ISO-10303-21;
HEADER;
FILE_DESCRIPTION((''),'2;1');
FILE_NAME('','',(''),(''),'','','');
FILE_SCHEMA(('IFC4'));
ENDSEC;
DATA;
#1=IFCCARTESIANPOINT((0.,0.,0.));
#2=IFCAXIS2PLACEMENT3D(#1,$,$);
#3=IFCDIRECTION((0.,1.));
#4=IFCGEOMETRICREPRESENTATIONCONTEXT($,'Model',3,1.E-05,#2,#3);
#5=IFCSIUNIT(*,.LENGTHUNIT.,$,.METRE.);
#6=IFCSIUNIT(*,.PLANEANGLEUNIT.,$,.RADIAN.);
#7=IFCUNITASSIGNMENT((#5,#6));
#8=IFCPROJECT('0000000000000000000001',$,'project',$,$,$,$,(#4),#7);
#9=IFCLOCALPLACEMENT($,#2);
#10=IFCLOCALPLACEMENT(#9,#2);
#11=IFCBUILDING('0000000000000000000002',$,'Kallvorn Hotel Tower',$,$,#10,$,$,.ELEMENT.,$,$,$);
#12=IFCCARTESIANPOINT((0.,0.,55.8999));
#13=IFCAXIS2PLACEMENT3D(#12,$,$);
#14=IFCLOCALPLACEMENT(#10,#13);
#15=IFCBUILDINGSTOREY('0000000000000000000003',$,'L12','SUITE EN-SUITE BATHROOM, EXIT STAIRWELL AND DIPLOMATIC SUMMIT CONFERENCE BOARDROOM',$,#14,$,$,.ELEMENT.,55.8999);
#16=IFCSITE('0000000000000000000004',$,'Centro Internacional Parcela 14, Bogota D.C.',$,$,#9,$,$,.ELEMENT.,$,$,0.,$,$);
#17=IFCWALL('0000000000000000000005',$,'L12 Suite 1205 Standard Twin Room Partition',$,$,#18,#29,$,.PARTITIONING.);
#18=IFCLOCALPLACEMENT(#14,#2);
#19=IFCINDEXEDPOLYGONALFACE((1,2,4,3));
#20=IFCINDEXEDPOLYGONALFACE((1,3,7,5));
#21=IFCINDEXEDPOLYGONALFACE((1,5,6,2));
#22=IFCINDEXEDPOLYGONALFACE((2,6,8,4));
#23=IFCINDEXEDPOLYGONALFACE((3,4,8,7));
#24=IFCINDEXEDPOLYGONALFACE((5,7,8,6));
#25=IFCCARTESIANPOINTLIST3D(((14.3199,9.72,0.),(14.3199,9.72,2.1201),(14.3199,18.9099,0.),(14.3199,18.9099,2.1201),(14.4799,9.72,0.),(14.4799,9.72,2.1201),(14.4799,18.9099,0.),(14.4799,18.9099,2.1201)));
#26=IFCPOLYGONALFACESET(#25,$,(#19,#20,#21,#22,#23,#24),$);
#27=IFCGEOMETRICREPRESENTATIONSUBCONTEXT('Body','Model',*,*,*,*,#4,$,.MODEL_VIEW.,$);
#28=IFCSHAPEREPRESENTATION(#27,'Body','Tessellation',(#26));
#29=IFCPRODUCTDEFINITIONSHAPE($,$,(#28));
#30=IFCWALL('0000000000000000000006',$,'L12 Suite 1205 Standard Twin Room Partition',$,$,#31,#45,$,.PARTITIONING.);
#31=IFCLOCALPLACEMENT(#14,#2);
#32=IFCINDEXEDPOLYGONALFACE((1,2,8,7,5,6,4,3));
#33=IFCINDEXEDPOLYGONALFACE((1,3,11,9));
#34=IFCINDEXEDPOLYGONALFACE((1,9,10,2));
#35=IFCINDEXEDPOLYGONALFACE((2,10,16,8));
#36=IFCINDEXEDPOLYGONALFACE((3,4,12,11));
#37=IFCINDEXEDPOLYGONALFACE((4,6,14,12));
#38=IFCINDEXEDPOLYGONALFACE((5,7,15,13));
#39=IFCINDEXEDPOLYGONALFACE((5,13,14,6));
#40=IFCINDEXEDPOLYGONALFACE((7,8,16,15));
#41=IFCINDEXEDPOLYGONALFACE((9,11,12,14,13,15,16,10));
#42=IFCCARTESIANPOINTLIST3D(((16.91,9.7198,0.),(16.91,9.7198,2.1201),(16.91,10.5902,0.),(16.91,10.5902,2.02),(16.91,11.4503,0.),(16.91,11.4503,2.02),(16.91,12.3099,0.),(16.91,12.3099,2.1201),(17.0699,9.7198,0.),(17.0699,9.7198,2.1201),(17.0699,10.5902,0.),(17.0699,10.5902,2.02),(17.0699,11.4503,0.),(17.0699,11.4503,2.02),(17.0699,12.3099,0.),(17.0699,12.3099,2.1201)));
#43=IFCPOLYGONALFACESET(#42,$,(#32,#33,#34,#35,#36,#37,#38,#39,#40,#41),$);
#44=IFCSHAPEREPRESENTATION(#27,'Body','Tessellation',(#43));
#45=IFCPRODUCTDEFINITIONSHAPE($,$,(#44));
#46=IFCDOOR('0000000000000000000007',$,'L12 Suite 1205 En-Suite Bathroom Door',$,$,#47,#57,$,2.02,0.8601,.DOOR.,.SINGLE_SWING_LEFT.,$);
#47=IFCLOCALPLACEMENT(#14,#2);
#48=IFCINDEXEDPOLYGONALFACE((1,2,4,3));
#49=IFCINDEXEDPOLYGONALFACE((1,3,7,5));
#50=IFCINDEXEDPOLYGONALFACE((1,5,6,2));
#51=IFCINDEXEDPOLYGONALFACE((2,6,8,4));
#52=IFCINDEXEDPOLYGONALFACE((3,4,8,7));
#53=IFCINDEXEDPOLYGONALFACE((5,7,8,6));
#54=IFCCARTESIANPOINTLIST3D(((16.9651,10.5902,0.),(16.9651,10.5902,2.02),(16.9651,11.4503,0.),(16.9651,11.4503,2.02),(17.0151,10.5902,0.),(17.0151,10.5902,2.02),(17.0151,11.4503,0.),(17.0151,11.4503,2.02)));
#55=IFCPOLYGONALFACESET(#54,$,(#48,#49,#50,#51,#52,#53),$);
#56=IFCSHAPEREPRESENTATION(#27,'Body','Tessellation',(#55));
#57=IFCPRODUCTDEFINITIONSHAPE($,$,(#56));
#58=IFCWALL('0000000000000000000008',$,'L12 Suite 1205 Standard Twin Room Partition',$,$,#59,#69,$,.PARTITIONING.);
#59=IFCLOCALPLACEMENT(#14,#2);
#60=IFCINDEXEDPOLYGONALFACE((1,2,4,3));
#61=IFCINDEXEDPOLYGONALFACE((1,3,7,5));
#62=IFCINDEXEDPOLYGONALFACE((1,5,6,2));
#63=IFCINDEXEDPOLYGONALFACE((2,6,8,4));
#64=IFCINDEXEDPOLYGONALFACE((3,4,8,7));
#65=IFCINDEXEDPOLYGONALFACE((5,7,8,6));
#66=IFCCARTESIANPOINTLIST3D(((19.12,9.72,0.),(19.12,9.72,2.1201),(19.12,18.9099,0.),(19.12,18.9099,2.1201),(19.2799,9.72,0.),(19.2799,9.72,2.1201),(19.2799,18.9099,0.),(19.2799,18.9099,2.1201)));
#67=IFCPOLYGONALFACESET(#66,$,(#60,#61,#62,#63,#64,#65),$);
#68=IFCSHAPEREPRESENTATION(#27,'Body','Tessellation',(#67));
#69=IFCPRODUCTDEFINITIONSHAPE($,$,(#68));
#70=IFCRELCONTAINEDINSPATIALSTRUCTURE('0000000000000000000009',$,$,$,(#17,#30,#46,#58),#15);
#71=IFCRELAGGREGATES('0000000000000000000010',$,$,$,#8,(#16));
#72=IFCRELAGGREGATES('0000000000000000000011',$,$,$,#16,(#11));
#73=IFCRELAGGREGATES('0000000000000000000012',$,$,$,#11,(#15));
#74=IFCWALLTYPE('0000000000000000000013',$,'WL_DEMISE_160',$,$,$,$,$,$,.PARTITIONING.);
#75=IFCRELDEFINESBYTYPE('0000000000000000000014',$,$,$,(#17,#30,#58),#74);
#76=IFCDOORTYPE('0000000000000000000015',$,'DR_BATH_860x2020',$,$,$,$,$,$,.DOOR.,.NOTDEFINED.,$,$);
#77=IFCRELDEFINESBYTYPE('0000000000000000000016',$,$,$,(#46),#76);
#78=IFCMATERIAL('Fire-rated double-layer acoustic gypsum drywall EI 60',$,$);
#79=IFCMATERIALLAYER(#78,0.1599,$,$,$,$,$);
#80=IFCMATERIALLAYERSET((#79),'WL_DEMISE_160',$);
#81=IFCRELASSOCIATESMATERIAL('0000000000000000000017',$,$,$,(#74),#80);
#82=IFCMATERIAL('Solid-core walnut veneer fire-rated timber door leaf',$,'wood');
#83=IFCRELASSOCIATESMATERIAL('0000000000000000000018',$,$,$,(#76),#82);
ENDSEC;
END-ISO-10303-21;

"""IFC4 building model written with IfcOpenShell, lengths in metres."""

from ifc_helpers import new_model, si_unit, direction, frame, frame_2d, origin, place, context, subcontext, project, spatial, rectangle, extrude, material, layer, layer_set, type_object, element, fill, save


model = new_model("IFC4")

# Units and contexts
model_context = context("Model", 3, precision=1e-05, world=origin(), true_north=direction((0.0, 1.0)))
body_context = subcontext(model_context, "Body", "Model", "MODEL_VIEW")
ifc_project = project(units=[si_unit("LENGTHUNIT", "METRE"), si_unit("PLANEANGLEUNIT", "RADIAN")], contexts=[model_context])

# Site, building, storey
site_placement = place(None, origin())
site = spatial("IfcSite", under=ifc_project, at=site_placement, Name="Centro Internacional Parcela 14, Bogota D.C.", CompositionType="ELEMENT", RefElevation=0.0)
building_placement = place(site_placement, origin())
building = spatial("IfcBuilding", under=site, at=building_placement, Name="Kallvorn Hotel Tower", CompositionType="ELEMENT")
storey_placement = place(building_placement, frame((0.0, 0.0, 55.8999)))
storey = spatial("IfcBuildingStorey", under=building, at=storey_placement, Name="L12", Description="SUITE EN-SUITE BATHROOM, EXIT STAIRWELL AND DIPLOMATIC SUMMIT CONFERENCE BOARDROOM", CompositionType="ELEMENT", Elevation=55.8999)

# Wall
ifc_material_1 = material(Name="Fire-rated double-layer acoustic gypsum drywall EI 60")
ifc_layer = layer(ifc_material_1, 0.1599)
ifc_layer_set = layer_set([ifc_layer], Name="WL_DEMISE_160")
wall_type = type_object("IfcWallType", Name="WL_DEMISE_160", PredefinedType="PARTITIONING", material=ifc_layer_set)
wall_1_placement = place(storey_placement, frame((14.3999, 9.72, 0.0), z_axis=(0.0, 0.0, 1.0), x_axis=(0.0, 1.0, 0.0)))
element("IfcWall", 1, at=wall_1_placement, inside=storey, type_object=wall_type, Name="L12 Suite 1205 Standard Twin Room Partition", PredefinedType="PARTITIONING", context=body_context, shape_type="SweptSolid", body=[
    extrude(rectangle(XDim=9.1899, YDim=0.1599, at=frame_2d((4.595, 0.0))), origin(), (0.0, 0.0, 1.0), 2.1201),
])

# Wall, opening, door
wall_2_placement = place(storey_placement, frame((16.99, 9.72, 0.0), z_axis=(0.0, 0.0, 1.0), x_axis=(0.0, 1.0, 0.0)))
wall_2 = element("IfcWall", 2, at=wall_2_placement, inside=storey, type_object=wall_type, Name="L12 Suite 1205 Standard Twin Room Partition", PredefinedType="PARTITIONING", context=body_context, shape_type="SweptSolid", body=[
    extrude(rectangle(XDim=2.5901, YDim=0.1599, at=frame_2d((1.2949, 0.0))), origin(), (0.0, 0.0, 1.0), 2.1201),
])
opening_placement = place(wall_2_placement, frame((0.8701, 0.0, 0.0)))
opening = element("IfcOpeningElement", 3, at=opening_placement, cuts=wall_2, PredefinedType="OPENING", context=body_context, shape_type="SweptSolid", body=[
    extrude(rectangle(XDim=0.8601, YDim=2.02, at=frame_2d((0.4302, 1.01))), frame((0.0, 0.095, 0.0), z_axis=(0.0, -1.0, 0.0), x_axis=(1.0, 0.0, 0.0)), (0.0, 0.0, 1.0), 0.1899),
])
ifc_material_2 = material(Name="Solid-core walnut veneer fire-rated timber door leaf", Category="wood")
door_type = type_object("IfcDoorType", Name="DR_BATH_860x2020", OperationType="NOTDEFINED", PredefinedType="DOOR", material=ifc_material_2)
door_placement = place(opening_placement, origin())
door = element("IfcDoor", 4, at=door_placement, inside=storey, type_object=door_type, Name="L12 Suite 1205 En-Suite Bathroom Door", OperationType="SINGLE_SWING_LEFT", OverallHeight=2.02, OverallWidth=0.8601, PredefinedType="DOOR", context=body_context, shape_type="SweptSolid", body=[
    extrude(rectangle(XDim=0.8601, YDim=2.02, at=frame_2d((0.4302, 1.01))), frame((0.0, 0.0249, 0.0), z_axis=(0.0, -1.0, 0.0), x_axis=(1.0, 0.0, 0.0)), (0.0, 0.0, 1.0), 0.05),
])
fill(opening, door)

# Wall
wall_3_placement = place(storey_placement, frame((19.2, 9.72, 0.0), z_axis=(0.0, 0.0, 1.0), x_axis=(0.0, 1.0, 0.0)))
element("IfcWall", 5, at=wall_3_placement, inside=storey, type_object=wall_type, Name="L12 Suite 1205 Standard Twin Room Partition", PredefinedType="PARTITIONING", context=body_context, shape_type="SweptSolid", body=[
    extrude(rectangle(XDim=9.1899, YDim=0.1599, at=frame_2d((4.595, 0.0))), origin(), (0.0, 0.0, 1.0), 2.1201),
])

save(model, "model.ifc")
